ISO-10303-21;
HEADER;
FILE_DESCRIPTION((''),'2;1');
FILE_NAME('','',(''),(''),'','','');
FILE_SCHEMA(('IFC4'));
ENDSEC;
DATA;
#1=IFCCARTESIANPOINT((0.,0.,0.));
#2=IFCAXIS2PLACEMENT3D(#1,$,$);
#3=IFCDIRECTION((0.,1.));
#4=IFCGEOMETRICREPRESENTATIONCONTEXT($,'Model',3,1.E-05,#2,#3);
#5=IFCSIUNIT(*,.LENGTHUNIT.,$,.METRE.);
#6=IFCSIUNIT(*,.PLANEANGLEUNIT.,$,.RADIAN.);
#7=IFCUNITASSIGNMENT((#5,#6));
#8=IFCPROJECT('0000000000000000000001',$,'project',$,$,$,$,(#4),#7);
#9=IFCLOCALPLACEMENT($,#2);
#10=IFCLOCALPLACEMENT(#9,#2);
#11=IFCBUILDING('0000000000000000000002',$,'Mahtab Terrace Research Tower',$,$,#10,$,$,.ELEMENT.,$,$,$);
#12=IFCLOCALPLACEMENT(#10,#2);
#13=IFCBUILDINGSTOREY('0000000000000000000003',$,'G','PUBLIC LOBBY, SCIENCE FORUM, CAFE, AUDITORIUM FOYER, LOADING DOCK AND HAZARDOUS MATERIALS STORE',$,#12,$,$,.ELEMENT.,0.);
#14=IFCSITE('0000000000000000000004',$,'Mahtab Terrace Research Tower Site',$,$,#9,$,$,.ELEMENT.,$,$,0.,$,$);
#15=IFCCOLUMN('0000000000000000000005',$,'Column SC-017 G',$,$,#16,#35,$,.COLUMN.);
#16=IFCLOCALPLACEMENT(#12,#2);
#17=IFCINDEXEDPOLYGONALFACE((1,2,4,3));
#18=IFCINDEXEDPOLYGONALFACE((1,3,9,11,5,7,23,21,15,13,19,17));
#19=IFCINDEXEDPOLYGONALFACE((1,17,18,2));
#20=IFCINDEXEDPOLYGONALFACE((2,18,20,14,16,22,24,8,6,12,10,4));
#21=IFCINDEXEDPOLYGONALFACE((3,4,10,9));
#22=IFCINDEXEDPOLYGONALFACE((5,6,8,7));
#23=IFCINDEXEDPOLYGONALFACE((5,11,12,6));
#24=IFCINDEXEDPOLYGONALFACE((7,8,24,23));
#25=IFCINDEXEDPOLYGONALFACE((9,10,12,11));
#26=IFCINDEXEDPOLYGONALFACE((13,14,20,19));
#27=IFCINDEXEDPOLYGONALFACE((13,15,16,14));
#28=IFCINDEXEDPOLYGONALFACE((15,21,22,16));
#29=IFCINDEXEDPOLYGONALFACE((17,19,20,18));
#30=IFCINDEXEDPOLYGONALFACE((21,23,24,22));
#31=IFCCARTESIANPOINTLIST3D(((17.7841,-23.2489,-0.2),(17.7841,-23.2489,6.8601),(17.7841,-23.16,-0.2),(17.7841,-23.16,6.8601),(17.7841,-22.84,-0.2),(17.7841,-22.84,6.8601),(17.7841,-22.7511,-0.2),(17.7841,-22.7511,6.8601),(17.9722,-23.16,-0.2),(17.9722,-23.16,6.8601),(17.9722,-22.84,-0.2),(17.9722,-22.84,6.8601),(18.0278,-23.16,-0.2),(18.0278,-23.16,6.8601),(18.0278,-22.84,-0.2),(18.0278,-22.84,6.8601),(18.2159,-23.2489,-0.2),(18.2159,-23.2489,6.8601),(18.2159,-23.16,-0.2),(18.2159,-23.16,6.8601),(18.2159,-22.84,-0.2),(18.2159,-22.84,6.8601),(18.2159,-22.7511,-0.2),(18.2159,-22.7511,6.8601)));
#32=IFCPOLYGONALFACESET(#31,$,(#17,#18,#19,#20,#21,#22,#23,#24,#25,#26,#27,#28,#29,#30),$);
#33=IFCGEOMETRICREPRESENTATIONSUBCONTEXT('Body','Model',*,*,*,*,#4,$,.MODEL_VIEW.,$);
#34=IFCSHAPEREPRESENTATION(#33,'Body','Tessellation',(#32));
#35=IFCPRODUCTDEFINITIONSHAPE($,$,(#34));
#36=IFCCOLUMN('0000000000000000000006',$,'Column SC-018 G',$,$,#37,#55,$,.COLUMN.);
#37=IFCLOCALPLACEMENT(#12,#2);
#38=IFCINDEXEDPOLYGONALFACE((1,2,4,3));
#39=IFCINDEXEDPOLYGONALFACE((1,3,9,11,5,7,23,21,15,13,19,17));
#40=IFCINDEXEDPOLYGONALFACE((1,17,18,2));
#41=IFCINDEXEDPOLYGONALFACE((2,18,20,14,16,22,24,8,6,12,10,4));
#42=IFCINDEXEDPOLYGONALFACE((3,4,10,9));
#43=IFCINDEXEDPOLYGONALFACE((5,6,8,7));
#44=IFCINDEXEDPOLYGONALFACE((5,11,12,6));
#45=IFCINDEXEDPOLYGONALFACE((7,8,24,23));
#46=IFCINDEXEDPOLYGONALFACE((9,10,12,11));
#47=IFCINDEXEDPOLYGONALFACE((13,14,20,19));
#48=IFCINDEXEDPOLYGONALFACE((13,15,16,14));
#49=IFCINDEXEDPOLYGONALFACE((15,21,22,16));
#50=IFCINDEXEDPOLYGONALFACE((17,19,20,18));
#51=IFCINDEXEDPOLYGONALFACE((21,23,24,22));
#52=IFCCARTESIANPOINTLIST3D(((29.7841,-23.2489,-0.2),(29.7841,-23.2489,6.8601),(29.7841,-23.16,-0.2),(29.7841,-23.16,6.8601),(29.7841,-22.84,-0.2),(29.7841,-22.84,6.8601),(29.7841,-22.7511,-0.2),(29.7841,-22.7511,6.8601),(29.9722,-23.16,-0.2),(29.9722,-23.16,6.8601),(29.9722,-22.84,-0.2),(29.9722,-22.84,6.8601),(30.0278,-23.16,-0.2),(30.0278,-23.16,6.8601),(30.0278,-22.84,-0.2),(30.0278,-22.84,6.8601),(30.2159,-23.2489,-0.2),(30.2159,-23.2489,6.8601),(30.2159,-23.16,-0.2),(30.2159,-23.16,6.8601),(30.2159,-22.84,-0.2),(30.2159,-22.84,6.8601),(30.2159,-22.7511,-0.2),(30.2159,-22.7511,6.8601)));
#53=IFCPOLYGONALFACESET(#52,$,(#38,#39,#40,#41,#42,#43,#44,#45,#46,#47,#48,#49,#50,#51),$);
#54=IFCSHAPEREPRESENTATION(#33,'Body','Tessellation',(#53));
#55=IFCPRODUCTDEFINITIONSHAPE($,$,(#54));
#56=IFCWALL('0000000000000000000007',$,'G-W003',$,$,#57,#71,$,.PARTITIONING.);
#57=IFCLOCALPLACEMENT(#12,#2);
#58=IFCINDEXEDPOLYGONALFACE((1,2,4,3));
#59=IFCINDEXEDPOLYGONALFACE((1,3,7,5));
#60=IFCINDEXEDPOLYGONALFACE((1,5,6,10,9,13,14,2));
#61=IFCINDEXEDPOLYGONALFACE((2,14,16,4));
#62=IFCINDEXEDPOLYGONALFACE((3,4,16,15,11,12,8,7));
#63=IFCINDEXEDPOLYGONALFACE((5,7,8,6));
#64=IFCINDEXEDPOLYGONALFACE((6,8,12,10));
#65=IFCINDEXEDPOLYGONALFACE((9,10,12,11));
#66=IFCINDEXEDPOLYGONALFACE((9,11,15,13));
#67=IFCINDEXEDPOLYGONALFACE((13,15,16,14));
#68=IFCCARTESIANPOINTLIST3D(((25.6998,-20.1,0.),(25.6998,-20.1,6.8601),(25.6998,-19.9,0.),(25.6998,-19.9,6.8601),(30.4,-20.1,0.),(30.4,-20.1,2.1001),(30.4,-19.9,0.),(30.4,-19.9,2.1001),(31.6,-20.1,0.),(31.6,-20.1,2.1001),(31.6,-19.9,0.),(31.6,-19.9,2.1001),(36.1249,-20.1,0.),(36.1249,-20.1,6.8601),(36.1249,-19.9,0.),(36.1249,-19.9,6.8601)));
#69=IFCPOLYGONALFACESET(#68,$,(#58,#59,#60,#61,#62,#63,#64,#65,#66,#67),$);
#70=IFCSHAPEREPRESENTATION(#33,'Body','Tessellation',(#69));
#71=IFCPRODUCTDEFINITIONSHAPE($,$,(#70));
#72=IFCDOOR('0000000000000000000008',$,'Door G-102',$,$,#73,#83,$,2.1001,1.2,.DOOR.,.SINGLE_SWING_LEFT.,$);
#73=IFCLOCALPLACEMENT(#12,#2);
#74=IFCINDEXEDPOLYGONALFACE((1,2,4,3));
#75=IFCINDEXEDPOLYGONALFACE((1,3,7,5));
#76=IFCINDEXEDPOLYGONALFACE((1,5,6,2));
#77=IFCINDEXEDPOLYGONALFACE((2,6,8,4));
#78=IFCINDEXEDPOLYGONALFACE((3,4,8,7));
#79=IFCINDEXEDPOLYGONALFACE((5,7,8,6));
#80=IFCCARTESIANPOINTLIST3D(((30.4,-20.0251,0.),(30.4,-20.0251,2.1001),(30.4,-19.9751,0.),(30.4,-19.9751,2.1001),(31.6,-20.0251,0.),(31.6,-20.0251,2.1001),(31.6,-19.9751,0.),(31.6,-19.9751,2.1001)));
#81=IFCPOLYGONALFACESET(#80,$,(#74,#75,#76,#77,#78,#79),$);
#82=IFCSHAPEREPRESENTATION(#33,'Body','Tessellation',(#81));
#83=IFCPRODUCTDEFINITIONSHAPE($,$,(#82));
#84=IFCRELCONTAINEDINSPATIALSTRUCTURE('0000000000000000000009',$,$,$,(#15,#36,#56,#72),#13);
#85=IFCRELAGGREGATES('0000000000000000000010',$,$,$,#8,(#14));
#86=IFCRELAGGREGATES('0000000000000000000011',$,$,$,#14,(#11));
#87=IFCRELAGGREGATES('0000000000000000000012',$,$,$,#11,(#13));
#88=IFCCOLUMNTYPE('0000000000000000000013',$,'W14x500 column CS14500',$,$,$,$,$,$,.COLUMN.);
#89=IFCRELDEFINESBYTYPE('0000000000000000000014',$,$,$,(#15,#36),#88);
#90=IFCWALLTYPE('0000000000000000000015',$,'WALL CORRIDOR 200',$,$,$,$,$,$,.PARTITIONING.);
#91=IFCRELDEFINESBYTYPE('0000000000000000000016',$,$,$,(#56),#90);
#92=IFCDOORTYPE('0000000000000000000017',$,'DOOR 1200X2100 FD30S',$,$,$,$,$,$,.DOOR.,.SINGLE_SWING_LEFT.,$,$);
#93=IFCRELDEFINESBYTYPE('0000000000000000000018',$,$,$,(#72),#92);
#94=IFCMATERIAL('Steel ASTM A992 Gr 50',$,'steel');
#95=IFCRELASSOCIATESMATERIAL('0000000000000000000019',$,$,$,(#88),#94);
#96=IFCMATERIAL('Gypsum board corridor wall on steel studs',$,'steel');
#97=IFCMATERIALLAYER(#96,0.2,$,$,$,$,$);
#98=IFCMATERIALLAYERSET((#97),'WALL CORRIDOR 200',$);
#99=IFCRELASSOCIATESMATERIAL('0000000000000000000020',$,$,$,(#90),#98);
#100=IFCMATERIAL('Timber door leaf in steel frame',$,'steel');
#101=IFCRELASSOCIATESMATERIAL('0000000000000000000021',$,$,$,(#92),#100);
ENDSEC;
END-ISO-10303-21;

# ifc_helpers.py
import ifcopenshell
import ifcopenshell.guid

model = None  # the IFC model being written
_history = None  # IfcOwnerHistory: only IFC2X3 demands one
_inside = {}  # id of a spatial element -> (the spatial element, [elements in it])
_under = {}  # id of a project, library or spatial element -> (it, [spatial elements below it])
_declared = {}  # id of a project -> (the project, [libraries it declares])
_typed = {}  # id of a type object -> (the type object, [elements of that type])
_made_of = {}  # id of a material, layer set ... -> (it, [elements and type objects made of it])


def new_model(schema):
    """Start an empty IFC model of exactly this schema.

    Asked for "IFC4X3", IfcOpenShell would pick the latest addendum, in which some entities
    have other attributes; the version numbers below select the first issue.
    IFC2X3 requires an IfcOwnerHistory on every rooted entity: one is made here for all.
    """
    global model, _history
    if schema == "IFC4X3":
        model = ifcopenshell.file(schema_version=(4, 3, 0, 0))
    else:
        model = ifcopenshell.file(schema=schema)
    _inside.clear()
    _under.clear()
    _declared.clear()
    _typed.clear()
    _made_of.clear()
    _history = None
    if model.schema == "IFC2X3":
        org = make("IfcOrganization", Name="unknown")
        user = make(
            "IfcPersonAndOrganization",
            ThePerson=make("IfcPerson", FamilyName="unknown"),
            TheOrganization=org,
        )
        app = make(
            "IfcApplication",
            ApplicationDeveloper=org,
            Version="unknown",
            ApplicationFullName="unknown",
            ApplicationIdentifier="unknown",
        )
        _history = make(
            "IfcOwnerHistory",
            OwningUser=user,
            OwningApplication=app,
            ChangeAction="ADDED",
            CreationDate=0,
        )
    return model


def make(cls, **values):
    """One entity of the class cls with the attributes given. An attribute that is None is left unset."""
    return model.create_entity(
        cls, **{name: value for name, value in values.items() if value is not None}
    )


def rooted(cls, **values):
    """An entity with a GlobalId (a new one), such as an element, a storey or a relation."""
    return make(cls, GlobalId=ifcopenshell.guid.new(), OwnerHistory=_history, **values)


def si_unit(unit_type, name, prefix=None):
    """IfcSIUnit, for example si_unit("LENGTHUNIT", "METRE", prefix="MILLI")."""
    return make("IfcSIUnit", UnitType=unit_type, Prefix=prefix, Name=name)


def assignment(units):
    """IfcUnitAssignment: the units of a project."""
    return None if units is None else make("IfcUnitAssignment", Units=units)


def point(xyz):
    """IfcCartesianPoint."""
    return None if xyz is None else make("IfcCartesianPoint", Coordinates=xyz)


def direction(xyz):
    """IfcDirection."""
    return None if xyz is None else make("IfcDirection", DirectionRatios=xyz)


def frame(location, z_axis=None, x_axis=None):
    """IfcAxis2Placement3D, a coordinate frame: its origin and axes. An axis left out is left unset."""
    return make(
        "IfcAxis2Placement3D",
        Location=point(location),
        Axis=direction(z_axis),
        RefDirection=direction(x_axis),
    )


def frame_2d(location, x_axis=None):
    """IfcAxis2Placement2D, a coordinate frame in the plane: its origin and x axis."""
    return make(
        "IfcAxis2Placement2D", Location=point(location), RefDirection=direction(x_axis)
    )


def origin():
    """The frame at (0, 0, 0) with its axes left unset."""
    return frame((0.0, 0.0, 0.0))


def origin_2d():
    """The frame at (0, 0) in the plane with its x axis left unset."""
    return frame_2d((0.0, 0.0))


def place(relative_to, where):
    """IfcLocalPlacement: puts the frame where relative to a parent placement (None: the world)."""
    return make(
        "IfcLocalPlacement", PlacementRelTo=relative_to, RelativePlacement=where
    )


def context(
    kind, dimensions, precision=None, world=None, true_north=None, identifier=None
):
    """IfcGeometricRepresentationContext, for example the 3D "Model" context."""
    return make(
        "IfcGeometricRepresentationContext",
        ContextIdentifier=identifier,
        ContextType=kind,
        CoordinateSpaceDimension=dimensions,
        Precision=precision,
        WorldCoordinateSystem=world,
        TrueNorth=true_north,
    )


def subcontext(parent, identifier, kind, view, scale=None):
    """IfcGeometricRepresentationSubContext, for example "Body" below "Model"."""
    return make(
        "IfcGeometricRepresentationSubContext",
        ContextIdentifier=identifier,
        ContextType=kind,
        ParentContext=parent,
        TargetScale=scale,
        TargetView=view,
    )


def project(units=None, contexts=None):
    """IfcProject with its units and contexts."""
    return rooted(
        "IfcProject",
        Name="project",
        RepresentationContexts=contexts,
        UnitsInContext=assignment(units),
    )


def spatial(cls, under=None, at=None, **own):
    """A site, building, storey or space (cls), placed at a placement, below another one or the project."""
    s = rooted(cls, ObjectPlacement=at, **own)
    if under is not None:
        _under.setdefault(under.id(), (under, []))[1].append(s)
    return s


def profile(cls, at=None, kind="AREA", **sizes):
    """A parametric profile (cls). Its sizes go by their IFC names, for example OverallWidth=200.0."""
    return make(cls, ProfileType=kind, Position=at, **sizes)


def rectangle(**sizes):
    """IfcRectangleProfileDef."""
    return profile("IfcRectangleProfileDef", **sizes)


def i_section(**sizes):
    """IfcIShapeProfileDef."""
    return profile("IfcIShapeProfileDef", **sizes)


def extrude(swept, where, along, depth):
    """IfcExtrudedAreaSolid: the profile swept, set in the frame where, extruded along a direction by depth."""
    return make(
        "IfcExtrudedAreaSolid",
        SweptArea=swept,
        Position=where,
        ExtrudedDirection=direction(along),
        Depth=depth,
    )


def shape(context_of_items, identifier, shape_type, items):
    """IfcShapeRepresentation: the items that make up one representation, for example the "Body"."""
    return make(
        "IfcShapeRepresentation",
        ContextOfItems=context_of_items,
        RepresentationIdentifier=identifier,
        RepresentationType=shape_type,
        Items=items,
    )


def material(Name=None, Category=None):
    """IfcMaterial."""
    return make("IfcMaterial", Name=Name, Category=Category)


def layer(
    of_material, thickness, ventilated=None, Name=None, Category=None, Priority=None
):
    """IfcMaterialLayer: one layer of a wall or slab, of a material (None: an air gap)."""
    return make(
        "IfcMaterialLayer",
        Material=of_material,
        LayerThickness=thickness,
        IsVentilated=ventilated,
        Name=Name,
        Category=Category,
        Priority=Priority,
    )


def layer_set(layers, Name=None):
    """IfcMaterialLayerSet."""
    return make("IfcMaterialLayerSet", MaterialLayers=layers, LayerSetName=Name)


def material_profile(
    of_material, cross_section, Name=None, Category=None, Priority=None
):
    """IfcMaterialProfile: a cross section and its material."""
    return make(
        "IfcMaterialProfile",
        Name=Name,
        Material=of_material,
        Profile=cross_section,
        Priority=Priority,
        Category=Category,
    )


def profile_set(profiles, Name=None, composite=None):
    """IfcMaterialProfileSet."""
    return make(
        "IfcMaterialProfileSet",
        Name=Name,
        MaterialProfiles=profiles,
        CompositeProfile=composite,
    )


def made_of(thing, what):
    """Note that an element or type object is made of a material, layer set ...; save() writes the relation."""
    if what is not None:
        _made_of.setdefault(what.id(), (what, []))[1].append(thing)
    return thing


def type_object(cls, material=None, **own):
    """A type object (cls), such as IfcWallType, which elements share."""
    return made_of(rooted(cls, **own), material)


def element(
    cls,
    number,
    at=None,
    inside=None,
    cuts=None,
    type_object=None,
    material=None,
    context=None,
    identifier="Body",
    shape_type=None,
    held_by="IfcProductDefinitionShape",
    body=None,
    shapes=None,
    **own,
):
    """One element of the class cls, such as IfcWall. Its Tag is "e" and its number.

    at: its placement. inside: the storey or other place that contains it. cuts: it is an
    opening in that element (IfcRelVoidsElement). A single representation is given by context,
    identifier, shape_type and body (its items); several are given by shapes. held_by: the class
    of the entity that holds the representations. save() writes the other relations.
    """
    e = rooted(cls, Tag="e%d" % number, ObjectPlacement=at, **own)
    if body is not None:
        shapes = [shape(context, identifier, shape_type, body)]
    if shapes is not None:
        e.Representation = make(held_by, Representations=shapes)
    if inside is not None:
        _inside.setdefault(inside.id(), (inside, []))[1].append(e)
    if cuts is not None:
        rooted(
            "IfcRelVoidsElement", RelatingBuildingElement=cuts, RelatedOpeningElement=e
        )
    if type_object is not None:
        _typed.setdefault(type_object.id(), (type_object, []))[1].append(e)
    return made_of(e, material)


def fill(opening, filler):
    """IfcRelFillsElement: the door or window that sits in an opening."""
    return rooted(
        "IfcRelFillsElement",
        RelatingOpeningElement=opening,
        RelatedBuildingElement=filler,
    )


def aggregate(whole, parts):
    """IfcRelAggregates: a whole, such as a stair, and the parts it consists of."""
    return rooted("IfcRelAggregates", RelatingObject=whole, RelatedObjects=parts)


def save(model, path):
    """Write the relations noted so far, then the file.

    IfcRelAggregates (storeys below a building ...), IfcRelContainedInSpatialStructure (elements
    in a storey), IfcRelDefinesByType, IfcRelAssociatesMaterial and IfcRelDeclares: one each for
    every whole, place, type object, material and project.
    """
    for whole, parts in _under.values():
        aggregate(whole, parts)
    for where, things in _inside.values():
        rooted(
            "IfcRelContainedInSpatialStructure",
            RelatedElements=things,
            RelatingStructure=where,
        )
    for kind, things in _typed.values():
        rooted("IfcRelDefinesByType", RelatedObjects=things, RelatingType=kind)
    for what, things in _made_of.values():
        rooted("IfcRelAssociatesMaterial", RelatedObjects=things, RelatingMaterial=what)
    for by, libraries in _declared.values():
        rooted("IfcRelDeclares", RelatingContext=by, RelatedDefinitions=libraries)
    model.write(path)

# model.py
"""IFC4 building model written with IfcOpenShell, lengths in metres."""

from ifc_helpers import new_model, si_unit, direction, frame, frame_2d, origin, origin_2d, place, context, subcontext, project, spatial, rectangle, i_section, extrude, material, layer, layer_set, material_profile, profile_set, type_object, element, fill, save


model = new_model("IFC4")

# Units and contexts
model_context = context("Model", 3, precision=1e-05, world=origin(), true_north=direction((0.0, 1.0)))
body_context = subcontext(model_context, "Body", "Model", "MODEL_VIEW")
ifc_project = project(units=[si_unit("LENGTHUNIT", "METRE"), si_unit("PLANEANGLEUNIT", "RADIAN")], contexts=[model_context])

# Site, building, storey
site_placement = place(None, origin())
site = spatial("IfcSite", under=ifc_project, at=site_placement, Name="Mahtab Terrace Research Tower Site", CompositionType="ELEMENT", RefElevation=0.0)
building_placement = place(site_placement, origin())
building = spatial("IfcBuilding", under=site, at=building_placement, Name="Mahtab Terrace Research Tower", CompositionType="ELEMENT")
storey_placement = place(building_placement, origin())
storey = spatial("IfcBuildingStorey", under=building, at=storey_placement, Name="G", Description="PUBLIC LOBBY, SCIENCE FORUM, CAFE, AUDITORIUM FOYER, LOADING DOCK AND HAZARDOUS MATERIALS STORE", CompositionType="ELEMENT", Elevation=0.0)

# Columns
ifc_material_1 = material(Name="Steel ASTM A992 Gr 50", Category="steel")
ifc_material_profile_1 = material_profile(ifc_material_1, i_section(OverallWidth=0.4319, OverallDepth=0.4978, WebThickness=0.0557, FlangeThickness=0.0889, at=origin_2d()), Name="W14X500")
ifc_profile_set_1 = profile_set([ifc_material_profile_1], Name="Steel ASTM A992 Gr 50")
column_type_1 = type_object("IfcColumnType", Name="W14x500 column CS14500", PredefinedType="COLUMN", material=ifc_profile_set_1)
for number, where, z_axis, x_axis, name in (
    (1, (18.0, -23.0, -0.2), (0.0, 0.0, 1.0), (1.0, 0.0, 0.0), "Column SC-017 G"),
    (2, (30.0, -23.0, -0.2), (0.0, 0.0, 1.0), (1.0, 0.0, 0.0), "Column SC-018 G"),
):
    element("IfcColumn", number, at=place(storey_placement, frame(where, z_axis=z_axis, x_axis=x_axis)), inside=storey, type_object=column_type_1, Name=name, PredefinedType="COLUMN", context=body_context, shape_type="SweptSolid", body=[
        extrude(i_section(OverallWidth=0.4319, OverallDepth=0.4978, WebThickness=0.0557, FlangeThickness=0.0889, at=origin_2d()), origin(), (0.0, 0.0, 1.0), 7.0601),
    ])

# Wall, opening, door
ifc_material_2 = material(Name="Gypsum board corridor wall on steel studs", Category="steel")
ifc_layer = layer(ifc_material_2, 0.2)
ifc_layer_set = layer_set([ifc_layer], Name="WALL CORRIDOR 200")
wall_type = type_object("IfcWallType", Name="WALL CORRIDOR 200", PredefinedType="PARTITIONING", material=ifc_layer_set)
wall_placement = place(storey_placement, frame((25.7, -20.0, 0.0), z_axis=(0.0, 0.0, 1.0), x_axis=(1.0, 0.0, 0.0)))
wall = element("IfcWall", 3, at=wall_placement, inside=storey, type_object=wall_type, Name="G-W003", PredefinedType="PARTITIONING", context=body_context, shape_type="SweptSolid", body=[
    extrude(rectangle(XDim=10.425, YDim=0.2, at=frame_2d((5.2124, 0.0))), origin(), (0.0, 0.0, 1.0), 6.8601),
])
opening_placement = place(wall_placement, frame((4.7, 0.0, 0.0)))
opening = element("IfcOpeningElement", 4, at=opening_placement, cuts=wall, PredefinedType="OPENING", context=body_context, shape_type="SweptSolid", body=[
    extrude(rectangle(XDim=1.2, YDim=2.1001, at=frame_2d((0.6001, 1.05))), frame((0.0, 0.1099, 0.0), z_axis=(0.0, -1.0, 0.0), x_axis=(1.0, 0.0, 0.0)), (0.0, 0.0, 1.0), 0.22),
])
ifc_material_3 = material(Name="Timber door leaf in steel frame", Category="steel")
door_type = type_object("IfcDoorType", Name="DOOR 1200X2100 FD30S", OperationType="SINGLE_SWING_LEFT", PredefinedType="DOOR", material=ifc_material_3)
door_placement = place(opening_placement, origin())
door = element("IfcDoor", 5, at=door_placement, inside=storey, type_object=door_type, Name="Door G-102", OperationType="SINGLE_SWING_LEFT", OverallHeight=2.1001, OverallWidth=1.2, PredefinedType="DOOR", context=body_context, shape_type="SweptSolid", body=[
    extrude(rectangle(XDim=1.2, YDim=2.1001, at=frame_2d((0.6001, 1.05))), frame((0.0, 0.0249, 0.0), z_axis=(0.0, -1.0, 0.0), x_axis=(1.0, 0.0, 0.0)), (0.0, 0.0, 1.0), 0.05),
])
fill(opening, door)

save(model, "model.ifc")
